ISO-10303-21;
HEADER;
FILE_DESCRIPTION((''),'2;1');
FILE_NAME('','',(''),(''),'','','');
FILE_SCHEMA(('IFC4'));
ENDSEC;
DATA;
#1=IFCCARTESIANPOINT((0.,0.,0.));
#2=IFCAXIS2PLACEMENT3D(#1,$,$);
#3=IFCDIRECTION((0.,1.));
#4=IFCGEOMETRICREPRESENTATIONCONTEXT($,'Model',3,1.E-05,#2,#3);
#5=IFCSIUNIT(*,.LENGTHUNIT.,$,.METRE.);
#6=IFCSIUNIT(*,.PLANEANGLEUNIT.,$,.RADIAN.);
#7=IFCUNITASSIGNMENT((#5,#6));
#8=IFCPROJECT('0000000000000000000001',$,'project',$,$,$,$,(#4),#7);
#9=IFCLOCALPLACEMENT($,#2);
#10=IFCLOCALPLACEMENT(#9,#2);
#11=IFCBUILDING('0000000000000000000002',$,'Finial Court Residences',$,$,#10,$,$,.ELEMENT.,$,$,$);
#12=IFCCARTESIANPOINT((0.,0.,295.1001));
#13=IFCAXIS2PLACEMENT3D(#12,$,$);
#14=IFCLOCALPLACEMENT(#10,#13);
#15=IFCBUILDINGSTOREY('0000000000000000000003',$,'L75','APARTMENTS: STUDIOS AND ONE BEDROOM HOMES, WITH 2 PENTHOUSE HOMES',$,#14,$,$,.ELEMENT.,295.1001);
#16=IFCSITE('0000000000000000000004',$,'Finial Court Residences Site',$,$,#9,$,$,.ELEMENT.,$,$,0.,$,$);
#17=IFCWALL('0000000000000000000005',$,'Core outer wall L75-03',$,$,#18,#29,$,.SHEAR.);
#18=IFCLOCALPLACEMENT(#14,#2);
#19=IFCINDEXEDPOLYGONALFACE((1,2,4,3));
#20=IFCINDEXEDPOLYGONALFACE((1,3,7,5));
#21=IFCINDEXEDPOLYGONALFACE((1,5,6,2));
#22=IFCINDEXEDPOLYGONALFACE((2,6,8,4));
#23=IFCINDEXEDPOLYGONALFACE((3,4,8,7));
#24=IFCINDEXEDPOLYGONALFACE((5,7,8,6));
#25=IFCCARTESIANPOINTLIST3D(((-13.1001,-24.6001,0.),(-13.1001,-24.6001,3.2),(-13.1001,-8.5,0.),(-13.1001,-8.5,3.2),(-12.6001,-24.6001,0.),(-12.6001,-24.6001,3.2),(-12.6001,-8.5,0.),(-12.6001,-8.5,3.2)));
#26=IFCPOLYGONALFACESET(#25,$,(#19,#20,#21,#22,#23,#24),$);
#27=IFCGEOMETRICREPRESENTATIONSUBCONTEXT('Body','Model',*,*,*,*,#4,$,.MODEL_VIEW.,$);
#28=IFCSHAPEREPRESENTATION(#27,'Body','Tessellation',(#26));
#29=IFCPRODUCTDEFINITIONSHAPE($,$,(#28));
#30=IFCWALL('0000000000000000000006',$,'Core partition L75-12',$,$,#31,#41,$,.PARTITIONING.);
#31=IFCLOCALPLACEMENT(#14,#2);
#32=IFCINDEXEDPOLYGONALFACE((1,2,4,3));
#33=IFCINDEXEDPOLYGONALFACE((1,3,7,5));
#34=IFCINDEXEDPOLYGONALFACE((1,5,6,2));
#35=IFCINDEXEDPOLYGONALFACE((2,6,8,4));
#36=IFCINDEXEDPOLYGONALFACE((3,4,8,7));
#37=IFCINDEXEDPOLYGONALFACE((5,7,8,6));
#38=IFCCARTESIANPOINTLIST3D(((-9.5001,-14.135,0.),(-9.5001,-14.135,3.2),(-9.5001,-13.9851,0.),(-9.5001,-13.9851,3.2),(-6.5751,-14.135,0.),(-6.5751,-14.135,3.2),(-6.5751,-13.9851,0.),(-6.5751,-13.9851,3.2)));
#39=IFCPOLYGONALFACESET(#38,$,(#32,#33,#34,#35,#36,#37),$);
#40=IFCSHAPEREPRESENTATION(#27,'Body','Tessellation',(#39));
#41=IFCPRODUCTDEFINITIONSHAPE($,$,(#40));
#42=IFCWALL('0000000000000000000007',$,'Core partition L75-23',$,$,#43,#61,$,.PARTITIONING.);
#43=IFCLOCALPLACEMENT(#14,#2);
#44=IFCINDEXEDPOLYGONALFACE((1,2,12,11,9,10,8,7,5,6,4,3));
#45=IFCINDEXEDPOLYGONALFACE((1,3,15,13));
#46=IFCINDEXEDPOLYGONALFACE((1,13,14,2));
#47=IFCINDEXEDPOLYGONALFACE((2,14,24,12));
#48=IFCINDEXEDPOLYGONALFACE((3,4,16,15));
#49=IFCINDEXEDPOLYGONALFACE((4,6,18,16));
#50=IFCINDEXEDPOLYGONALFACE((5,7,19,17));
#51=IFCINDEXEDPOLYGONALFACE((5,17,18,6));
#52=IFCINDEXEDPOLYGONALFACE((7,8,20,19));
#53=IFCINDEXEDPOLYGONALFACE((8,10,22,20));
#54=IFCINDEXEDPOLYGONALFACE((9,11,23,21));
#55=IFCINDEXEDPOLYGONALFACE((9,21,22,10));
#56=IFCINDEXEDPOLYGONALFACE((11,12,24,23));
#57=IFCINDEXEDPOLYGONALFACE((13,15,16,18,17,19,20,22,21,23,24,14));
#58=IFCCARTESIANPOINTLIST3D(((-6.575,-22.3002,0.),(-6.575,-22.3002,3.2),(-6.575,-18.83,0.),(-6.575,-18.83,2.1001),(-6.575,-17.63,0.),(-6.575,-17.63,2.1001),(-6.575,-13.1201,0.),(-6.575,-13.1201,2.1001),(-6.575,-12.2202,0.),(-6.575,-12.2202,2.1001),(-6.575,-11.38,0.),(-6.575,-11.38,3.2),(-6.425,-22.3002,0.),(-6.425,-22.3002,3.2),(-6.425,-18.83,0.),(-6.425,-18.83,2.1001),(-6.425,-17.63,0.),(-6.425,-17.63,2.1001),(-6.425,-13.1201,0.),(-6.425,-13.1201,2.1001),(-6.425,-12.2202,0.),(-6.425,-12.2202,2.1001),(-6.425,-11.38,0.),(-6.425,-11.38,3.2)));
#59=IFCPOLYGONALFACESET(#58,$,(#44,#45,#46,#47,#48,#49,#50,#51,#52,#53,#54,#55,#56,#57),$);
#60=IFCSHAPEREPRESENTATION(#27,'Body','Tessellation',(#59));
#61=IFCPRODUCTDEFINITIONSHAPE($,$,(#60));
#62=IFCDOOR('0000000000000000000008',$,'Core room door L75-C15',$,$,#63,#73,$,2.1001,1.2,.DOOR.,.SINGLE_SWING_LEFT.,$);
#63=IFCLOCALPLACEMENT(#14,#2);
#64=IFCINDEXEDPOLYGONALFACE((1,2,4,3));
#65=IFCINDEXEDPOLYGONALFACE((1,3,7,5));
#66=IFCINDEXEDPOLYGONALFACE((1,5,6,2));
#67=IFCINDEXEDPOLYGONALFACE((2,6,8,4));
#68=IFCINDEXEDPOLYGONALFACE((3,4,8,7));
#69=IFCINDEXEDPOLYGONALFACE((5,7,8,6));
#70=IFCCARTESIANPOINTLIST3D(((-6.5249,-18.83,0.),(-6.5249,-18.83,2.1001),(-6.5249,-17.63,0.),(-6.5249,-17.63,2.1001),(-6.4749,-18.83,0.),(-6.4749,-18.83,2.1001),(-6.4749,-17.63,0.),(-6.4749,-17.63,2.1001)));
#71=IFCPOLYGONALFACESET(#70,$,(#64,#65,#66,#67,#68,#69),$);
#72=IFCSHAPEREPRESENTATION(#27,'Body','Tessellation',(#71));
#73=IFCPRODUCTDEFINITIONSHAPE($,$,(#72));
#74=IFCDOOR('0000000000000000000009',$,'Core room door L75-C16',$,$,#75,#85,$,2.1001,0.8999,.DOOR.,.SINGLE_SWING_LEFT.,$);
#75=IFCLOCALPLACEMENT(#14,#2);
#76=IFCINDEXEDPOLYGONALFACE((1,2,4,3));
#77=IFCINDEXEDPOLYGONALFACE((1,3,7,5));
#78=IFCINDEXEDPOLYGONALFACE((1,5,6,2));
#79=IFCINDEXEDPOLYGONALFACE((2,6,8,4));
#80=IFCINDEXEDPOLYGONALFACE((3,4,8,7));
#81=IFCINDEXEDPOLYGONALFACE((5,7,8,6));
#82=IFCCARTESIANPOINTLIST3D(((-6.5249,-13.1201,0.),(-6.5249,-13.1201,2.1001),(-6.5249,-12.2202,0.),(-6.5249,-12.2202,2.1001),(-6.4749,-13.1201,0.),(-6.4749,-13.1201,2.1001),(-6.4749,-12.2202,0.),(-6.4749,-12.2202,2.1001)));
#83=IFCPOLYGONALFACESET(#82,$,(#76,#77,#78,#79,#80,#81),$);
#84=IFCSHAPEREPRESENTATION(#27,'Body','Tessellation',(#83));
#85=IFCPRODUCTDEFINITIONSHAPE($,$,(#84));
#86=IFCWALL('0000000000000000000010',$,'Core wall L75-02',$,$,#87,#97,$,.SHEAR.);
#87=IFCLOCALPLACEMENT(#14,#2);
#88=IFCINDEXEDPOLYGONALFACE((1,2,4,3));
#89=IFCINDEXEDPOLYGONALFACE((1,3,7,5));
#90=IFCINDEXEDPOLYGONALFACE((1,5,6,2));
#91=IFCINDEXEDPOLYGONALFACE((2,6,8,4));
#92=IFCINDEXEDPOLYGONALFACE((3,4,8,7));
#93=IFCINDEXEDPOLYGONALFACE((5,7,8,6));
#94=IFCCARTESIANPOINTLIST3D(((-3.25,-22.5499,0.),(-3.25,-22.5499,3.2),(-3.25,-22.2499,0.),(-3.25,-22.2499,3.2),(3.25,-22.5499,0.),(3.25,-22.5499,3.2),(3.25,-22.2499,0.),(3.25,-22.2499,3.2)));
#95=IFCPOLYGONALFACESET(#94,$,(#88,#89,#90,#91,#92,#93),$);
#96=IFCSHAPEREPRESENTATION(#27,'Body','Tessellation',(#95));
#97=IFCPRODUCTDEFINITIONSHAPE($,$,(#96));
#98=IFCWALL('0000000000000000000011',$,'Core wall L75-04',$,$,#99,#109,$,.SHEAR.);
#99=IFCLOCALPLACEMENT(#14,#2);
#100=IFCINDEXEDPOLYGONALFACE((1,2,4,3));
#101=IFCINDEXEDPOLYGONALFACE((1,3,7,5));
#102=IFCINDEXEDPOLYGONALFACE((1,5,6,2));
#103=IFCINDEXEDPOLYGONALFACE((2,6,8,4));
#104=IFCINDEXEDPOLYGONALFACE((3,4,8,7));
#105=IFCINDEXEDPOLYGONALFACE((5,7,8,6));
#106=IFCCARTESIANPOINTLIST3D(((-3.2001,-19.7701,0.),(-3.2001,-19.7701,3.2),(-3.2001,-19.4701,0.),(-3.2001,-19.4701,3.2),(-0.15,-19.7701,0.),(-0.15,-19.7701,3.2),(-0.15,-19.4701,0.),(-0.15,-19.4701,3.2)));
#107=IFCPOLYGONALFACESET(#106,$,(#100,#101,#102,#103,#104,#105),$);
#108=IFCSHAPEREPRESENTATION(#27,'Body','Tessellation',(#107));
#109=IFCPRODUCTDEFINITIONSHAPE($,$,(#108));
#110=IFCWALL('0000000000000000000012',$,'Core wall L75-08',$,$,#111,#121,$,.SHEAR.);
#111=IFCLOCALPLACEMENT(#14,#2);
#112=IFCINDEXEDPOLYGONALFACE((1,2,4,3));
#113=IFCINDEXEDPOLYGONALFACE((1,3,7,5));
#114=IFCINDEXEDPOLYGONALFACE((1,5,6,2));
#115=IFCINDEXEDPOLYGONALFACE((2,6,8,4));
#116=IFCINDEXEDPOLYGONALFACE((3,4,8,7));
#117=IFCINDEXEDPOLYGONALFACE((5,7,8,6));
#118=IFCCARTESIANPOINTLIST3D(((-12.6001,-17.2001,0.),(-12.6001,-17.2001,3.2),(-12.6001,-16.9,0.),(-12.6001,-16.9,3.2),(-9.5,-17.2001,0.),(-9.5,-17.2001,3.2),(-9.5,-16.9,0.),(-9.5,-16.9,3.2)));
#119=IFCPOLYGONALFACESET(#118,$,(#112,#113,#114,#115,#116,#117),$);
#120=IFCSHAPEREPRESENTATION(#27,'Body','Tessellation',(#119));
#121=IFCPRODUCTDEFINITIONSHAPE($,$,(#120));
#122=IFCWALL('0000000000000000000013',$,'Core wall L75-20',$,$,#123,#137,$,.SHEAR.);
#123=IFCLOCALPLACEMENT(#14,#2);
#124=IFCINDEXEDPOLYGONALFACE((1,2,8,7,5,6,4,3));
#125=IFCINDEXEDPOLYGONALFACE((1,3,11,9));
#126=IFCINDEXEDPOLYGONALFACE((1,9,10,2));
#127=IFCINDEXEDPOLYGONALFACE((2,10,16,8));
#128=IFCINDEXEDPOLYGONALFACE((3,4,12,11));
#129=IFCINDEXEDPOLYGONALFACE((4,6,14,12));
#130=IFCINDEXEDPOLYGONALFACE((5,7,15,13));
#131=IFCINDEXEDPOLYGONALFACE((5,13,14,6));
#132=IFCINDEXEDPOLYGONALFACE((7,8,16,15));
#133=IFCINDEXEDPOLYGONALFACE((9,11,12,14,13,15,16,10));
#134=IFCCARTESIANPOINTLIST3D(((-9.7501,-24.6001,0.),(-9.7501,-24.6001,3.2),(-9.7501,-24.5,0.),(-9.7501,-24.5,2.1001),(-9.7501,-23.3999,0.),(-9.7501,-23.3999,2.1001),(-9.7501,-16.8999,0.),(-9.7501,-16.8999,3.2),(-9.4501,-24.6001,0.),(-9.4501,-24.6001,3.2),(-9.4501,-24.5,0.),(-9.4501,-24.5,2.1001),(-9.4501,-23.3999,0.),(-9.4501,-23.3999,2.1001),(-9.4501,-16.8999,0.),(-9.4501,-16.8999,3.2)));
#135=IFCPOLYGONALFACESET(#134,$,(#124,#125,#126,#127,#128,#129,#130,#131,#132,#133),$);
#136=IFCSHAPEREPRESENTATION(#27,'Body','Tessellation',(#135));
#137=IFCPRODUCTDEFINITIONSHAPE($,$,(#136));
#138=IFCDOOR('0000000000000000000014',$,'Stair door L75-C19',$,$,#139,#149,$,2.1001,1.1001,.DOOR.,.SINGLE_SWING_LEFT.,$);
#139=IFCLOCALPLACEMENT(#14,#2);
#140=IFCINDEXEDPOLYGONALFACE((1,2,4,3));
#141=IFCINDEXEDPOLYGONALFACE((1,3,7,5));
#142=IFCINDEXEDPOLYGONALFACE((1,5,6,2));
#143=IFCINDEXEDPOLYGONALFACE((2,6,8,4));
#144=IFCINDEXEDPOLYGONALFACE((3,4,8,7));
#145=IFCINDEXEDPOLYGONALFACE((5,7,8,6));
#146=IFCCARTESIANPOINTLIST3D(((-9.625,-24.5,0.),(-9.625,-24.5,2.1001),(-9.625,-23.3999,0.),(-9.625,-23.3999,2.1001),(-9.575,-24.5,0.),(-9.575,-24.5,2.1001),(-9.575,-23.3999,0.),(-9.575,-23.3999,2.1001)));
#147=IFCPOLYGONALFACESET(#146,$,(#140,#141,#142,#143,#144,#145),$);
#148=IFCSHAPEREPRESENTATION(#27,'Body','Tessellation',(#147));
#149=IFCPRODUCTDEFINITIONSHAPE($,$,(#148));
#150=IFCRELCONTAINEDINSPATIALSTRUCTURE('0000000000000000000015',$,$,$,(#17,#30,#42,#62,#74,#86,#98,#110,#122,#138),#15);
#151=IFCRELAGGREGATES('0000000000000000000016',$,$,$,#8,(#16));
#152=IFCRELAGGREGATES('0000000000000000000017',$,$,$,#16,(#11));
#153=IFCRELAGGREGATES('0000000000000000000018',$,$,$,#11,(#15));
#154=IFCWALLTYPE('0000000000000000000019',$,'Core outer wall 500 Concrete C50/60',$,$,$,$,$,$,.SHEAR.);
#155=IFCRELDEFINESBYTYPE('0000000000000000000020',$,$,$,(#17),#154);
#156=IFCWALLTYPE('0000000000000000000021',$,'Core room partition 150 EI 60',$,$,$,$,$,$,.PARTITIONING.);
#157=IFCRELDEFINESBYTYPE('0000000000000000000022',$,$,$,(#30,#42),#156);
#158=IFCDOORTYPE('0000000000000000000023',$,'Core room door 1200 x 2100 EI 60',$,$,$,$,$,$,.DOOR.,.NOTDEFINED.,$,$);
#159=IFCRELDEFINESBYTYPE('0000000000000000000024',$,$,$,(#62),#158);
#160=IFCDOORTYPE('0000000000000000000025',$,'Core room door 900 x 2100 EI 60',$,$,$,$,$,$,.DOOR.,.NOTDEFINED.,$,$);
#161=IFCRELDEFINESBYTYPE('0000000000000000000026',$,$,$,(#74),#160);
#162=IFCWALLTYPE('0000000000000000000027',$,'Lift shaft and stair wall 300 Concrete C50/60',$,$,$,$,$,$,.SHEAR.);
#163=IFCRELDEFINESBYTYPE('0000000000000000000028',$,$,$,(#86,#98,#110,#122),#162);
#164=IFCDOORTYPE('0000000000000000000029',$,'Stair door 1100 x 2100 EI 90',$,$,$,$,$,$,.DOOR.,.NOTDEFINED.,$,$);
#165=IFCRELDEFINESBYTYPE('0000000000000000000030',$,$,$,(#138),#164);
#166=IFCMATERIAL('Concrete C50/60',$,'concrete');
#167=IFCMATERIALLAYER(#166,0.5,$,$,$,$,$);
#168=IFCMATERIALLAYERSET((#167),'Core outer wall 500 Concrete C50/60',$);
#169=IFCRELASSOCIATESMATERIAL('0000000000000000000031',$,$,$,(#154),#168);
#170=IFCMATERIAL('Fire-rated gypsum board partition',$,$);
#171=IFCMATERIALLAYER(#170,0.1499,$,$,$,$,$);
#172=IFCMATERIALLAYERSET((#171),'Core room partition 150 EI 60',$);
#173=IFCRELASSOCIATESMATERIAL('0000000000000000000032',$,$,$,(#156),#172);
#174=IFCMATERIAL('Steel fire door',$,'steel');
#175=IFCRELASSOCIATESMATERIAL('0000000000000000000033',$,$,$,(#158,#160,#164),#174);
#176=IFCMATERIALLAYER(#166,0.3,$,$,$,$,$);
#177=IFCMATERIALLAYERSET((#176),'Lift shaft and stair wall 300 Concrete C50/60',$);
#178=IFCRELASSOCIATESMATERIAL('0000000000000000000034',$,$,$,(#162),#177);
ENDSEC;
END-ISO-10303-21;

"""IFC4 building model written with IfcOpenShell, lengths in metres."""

from ifc_helpers import new_model, si_unit, direction, frame, frame_2d, origin, place, context, subcontext, project, spatial, rectangle, extrude, material, layer, layer_set, type_object, element, fill, save


model = new_model("IFC4")

# Units and contexts
model_context = context("Model", 3, precision=1e-05, world=origin(), true_north=direction((0.0, 1.0)))
body_context = subcontext(model_context, "Body", "Model", "MODEL_VIEW")
ifc_project = project(units=[si_unit("LENGTHUNIT", "METRE"), si_unit("PLANEANGLEUNIT", "RADIAN")], contexts=[model_context])

# Site, building, storey
site_placement = place(None, origin())
site = spatial("IfcSite", under=ifc_project, at=site_placement, Name="Finial Court Residences Site", CompositionType="ELEMENT", RefElevation=0.0)
building_placement = place(site_placement, origin())
building = spatial("IfcBuilding", under=site, at=building_placement, Name="Finial Court Residences", CompositionType="ELEMENT")
storey_placement = place(building_placement, frame((0.0, 0.0, 295.1001)))
storey = spatial("IfcBuildingStorey", under=building, at=storey_placement, Name="L75", Description="APARTMENTS: STUDIOS AND ONE BEDROOM HOMES, WITH 2 PENTHOUSE HOMES", CompositionType="ELEMENT", Elevation=295.1001)

# Walls
ifc_material_1 = material(Name="Concrete C50/60", Category="concrete")
ifc_layer_1 = layer(ifc_material_1, 0.5)
ifc_layer_set_1 = layer_set([ifc_layer_1], Name="Core outer wall 500 Concrete C50/60")
wall_type_1 = type_object("IfcWallType", Name="Core outer wall 500 Concrete C50/60", PredefinedType="SHEAR", material=ifc_layer_set_1)
wall_1_placement = place(storey_placement, frame((-12.8501, -24.6001, 0.0), z_axis=(0.0, 0.0, 1.0), x_axis=(0.0, 1.0, 0.0)))
element("IfcWall", 1, at=wall_1_placement, inside=storey, type_object=wall_type_1, Name="Core outer wall L75-03", PredefinedType="SHEAR", context=body_context, shape_type="SweptSolid", body=[
    extrude(rectangle(XDim=16.1001, YDim=0.5, at=frame_2d((8.05, 0.0))), origin(), (0.0, 0.0, 1.0), 3.2),
])
ifc_material_2 = material(Name="Fire-rated gypsum board partition")
ifc_layer_2 = layer(ifc_material_2, 0.1499)
ifc_layer_set_2 = layer_set([ifc_layer_2], Name="Core room partition 150 EI 60")
wall_type_2 = type_object("IfcWallType", Name="Core room partition 150 EI 60", PredefinedType="PARTITIONING", material=ifc_layer_set_2)
wall_2_placement = place(storey_placement, frame((-9.5, -14.0601, 0.0), z_axis=(0.0, 0.0, 1.0), x_axis=(1.0, 0.0, 0.0)))
element("IfcWall", 2, at=wall_2_placement, inside=storey, type_object=wall_type_2, Name="Core partition L75-12", PredefinedType="PARTITIONING", context=body_context, shape_type="SweptSolid", body=[
    extrude(rectangle(XDim=2.925, YDim=0.1499, at=frame_2d((1.4624, 0.0))), origin(), (0.0, 0.0, 1.0), 3.2),
])

# Wall, openings, doors
wall_3_placement = place(storey_placement, frame((-6.5, -22.3, 0.0), z_axis=(0.0, 0.0, 1.0), x_axis=(0.0, 1.0, 0.0)))
wall_3 = element("IfcWall", 3, at=wall_3_placement, inside=storey, type_object=wall_type_2, Name="Core partition L75-23", PredefinedType="PARTITIONING", context=body_context, shape_type="SweptSolid", body=[
    extrude(rectangle(XDim=10.9202, YDim=0.1499, at=frame_2d((5.46, 0.0))), origin(), (0.0, 0.0, 1.0), 3.2),
])
opening_1_placement = place(wall_3_placement, frame((3.47, 0.0, 0.0)))
opening_1 = element("IfcOpeningElement", 4, at=opening_1_placement, cuts=wall_3, PredefinedType="OPENING", context=body_context, shape_type="SweptSolid", body=[
    extrude(rectangle(XDim=1.2, YDim=2.1001, at=frame_2d((0.6001, 1.05))), frame((0.0, 0.085, 0.0), z_axis=(0.0, -1.0, 0.0), x_axis=(1.0, 0.0, 0.0)), (0.0, 0.0, 1.0), 0.1699),
])
opening_2_placement = place(wall_3_placement, frame((9.1799, 0.0, 0.0)))
opening_2 = element("IfcOpeningElement", 5, at=opening_2_placement, cuts=wall_3, PredefinedType="OPENING", context=body_context, shape_type="SweptSolid", body=[
    extrude(rectangle(XDim=0.8999, YDim=2.1001, at=frame_2d((0.45, 1.05))), frame((0.0, 0.085, 0.0), z_axis=(0.0, -1.0, 0.0), x_axis=(1.0, 0.0, 0.0)), (0.0, 0.0, 1.0), 0.1699),
])
ifc_material_3 = material(Name="Steel fire door", Category="steel")
door_type_1 = type_object("IfcDoorType", Name="Core room door 1200 x 2100 EI 60", OperationType="NOTDEFINED", PredefinedType="DOOR", material=ifc_material_3)
door_1_placement = place(opening_1_placement, origin())
door_1 = element("IfcDoor", 6, at=door_1_placement, inside=storey, type_object=door_type_1, Name="Core room door L75-C15", OperationType="SINGLE_SWING_LEFT", OverallHeight=2.1001, OverallWidth=1.2, PredefinedType="DOOR", context=body_context, shape_type="SweptSolid", body=[
    extrude(rectangle(XDim=1.2, YDim=2.1001, at=frame_2d((0.6001, 1.05))), frame((0.0, 0.0249, 0.0), z_axis=(0.0, -1.0, 0.0), x_axis=(1.0, 0.0, 0.0)), (0.0, 0.0, 1.0), 0.05),
])
fill(opening_1, door_1)
door_type_2 = type_object("IfcDoorType", Name="Core room door 900 x 2100 EI 60", OperationType="NOTDEFINED", PredefinedType="DOOR", material=ifc_material_3)
door_2_placement = place(opening_2_placement, origin())
door_2 = element("IfcDoor", 7, at=door_2_placement, inside=storey, type_object=door_type_2, Name="Core room door L75-C16", OperationType="SINGLE_SWING_LEFT", OverallHeight=2.1001, OverallWidth=0.8999, PredefinedType="DOOR", context=body_context, shape_type="SweptSolid", body=[
    extrude(rectangle(XDim=0.8999, YDim=2.1001, at=frame_2d((0.45, 1.05))), frame((0.0, 0.0249, 0.0), z_axis=(0.0, -1.0, 0.0), x_axis=(1.0, 0.0, 0.0)), (0.0, 0.0, 1.0), 0.05),
])
fill(opening_2, door_2)

# Walls
ifc_layer_3 = layer(ifc_material_1, 0.3)
ifc_layer_set_3 = layer_set([ifc_layer_3], Name="Lift shaft and stair wall 300 Concrete C50/60")
wall_type_3 = type_object("IfcWallType", Name="Lift shaft and stair wall 300 Concrete C50/60", PredefinedType="SHEAR", material=ifc_layer_set_3)
wall_4_placement = place(storey_placement, frame((-3.25, -22.3999, 0.0), z_axis=(0.0, 0.0, 1.0), x_axis=(1.0, 0.0, 0.0)))
element("IfcWall", 8, at=wall_4_placement, inside=storey, type_object=wall_type_3, Name="Core wall L75-02", PredefinedType="SHEAR", context=body_context, shape_type="SweptSolid", body=[
    extrude(rectangle(XDim=6.5, YDim=0.3, at=frame_2d((3.25, 0.0))), origin(), (0.0, 0.0, 1.0), 3.2),
])
wall_5_placement = place(storey_placement, frame((-3.2, -19.6201, 0.0), z_axis=(0.0, 0.0, 1.0), x_axis=(1.0, 0.0, 0.0)))
element("IfcWall", 9, at=wall_5_placement, inside=storey, type_object=wall_type_3, Name="Core wall L75-04", PredefinedType="SHEAR", context=body_context, shape_type="SweptSolid", body=[
    extrude(rectangle(XDim=3.05, YDim=0.3, at=frame_2d((1.5249, 0.0))), origin(), (0.0, 0.0, 1.0), 3.2),
])
wall_6_placement = place(storey_placement, frame((-12.6001, -17.05, 0.0), z_axis=(0.0, 0.0, 1.0), x_axis=(1.0, 0.0, 0.0)))
element("IfcWall", 10, at=wall_6_placement, inside=storey, type_object=wall_type_3, Name="Core wall L75-08", PredefinedType="SHEAR", context=body_context, shape_type="SweptSolid", body=[
    extrude(rectangle(XDim=3.1001, YDim=0.3, at=frame_2d((1.55, 0.0))), origin(), (0.0, 0.0, 1.0), 3.2),
])

# Wall, opening, door
wall_7_placement = place(storey_placement, frame((-9.6001, -24.6001, 0.0), z_axis=(0.0, 0.0, 1.0), x_axis=(0.0, 1.0, 0.0)))
wall_7 = element("IfcWall", 11, at=wall_7_placement, inside=storey, type_object=wall_type_3, Name="Core wall L75-20", PredefinedType="SHEAR", context=body_context, shape_type="SweptSolid", body=[
    extrude(rectangle(XDim=7.7002, YDim=0.3, at=frame_2d((3.8501, 0.0))), origin(), (0.0, 0.0, 1.0), 3.2),
])
opening_3_placement = place(wall_7_placement, frame((0.1001, 0.0, 0.0)))
opening_3 = element("IfcOpeningElement", 12, at=opening_3_placement, cuts=wall_7, PredefinedType="OPENING", context=body_context, shape_type="SweptSolid", body=[
    extrude(rectangle(XDim=1.1001, YDim=2.1001, at=frame_2d((0.55, 1.05))), frame((0.0, 0.1599, 0.0), z_axis=(0.0, -1.0, 0.0), x_axis=(1.0, 0.0, 0.0)), (0.0, 0.0, 1.0), 0.3201),
])
door_type_3 = type_object("IfcDoorType", Name="Stair door 1100 x 2100 EI 90", OperationType="NOTDEFINED", PredefinedType="DOOR", material=ifc_material_3)
door_3_placement = place(opening_3_placement, origin())
door_3 = element("IfcDoor", 13, at=door_3_placement, inside=storey, type_object=door_type_3, Name="Stair door L75-C19", OperationType="SINGLE_SWING_LEFT", OverallHeight=2.1001, OverallWidth=1.1001, PredefinedType="DOOR", context=body_context, shape_type="SweptSolid", body=[
    extrude(rectangle(XDim=1.1001, YDim=2.1001, at=frame_2d((0.55, 1.05))), frame((0.0, 0.0249, 0.0), z_axis=(0.0, -1.0, 0.0), x_axis=(1.0, 0.0, 0.0)), (0.0, 0.0, 1.0), 0.05),
])
fill(opening_3, door_3)

save(model, "model.ifc")
